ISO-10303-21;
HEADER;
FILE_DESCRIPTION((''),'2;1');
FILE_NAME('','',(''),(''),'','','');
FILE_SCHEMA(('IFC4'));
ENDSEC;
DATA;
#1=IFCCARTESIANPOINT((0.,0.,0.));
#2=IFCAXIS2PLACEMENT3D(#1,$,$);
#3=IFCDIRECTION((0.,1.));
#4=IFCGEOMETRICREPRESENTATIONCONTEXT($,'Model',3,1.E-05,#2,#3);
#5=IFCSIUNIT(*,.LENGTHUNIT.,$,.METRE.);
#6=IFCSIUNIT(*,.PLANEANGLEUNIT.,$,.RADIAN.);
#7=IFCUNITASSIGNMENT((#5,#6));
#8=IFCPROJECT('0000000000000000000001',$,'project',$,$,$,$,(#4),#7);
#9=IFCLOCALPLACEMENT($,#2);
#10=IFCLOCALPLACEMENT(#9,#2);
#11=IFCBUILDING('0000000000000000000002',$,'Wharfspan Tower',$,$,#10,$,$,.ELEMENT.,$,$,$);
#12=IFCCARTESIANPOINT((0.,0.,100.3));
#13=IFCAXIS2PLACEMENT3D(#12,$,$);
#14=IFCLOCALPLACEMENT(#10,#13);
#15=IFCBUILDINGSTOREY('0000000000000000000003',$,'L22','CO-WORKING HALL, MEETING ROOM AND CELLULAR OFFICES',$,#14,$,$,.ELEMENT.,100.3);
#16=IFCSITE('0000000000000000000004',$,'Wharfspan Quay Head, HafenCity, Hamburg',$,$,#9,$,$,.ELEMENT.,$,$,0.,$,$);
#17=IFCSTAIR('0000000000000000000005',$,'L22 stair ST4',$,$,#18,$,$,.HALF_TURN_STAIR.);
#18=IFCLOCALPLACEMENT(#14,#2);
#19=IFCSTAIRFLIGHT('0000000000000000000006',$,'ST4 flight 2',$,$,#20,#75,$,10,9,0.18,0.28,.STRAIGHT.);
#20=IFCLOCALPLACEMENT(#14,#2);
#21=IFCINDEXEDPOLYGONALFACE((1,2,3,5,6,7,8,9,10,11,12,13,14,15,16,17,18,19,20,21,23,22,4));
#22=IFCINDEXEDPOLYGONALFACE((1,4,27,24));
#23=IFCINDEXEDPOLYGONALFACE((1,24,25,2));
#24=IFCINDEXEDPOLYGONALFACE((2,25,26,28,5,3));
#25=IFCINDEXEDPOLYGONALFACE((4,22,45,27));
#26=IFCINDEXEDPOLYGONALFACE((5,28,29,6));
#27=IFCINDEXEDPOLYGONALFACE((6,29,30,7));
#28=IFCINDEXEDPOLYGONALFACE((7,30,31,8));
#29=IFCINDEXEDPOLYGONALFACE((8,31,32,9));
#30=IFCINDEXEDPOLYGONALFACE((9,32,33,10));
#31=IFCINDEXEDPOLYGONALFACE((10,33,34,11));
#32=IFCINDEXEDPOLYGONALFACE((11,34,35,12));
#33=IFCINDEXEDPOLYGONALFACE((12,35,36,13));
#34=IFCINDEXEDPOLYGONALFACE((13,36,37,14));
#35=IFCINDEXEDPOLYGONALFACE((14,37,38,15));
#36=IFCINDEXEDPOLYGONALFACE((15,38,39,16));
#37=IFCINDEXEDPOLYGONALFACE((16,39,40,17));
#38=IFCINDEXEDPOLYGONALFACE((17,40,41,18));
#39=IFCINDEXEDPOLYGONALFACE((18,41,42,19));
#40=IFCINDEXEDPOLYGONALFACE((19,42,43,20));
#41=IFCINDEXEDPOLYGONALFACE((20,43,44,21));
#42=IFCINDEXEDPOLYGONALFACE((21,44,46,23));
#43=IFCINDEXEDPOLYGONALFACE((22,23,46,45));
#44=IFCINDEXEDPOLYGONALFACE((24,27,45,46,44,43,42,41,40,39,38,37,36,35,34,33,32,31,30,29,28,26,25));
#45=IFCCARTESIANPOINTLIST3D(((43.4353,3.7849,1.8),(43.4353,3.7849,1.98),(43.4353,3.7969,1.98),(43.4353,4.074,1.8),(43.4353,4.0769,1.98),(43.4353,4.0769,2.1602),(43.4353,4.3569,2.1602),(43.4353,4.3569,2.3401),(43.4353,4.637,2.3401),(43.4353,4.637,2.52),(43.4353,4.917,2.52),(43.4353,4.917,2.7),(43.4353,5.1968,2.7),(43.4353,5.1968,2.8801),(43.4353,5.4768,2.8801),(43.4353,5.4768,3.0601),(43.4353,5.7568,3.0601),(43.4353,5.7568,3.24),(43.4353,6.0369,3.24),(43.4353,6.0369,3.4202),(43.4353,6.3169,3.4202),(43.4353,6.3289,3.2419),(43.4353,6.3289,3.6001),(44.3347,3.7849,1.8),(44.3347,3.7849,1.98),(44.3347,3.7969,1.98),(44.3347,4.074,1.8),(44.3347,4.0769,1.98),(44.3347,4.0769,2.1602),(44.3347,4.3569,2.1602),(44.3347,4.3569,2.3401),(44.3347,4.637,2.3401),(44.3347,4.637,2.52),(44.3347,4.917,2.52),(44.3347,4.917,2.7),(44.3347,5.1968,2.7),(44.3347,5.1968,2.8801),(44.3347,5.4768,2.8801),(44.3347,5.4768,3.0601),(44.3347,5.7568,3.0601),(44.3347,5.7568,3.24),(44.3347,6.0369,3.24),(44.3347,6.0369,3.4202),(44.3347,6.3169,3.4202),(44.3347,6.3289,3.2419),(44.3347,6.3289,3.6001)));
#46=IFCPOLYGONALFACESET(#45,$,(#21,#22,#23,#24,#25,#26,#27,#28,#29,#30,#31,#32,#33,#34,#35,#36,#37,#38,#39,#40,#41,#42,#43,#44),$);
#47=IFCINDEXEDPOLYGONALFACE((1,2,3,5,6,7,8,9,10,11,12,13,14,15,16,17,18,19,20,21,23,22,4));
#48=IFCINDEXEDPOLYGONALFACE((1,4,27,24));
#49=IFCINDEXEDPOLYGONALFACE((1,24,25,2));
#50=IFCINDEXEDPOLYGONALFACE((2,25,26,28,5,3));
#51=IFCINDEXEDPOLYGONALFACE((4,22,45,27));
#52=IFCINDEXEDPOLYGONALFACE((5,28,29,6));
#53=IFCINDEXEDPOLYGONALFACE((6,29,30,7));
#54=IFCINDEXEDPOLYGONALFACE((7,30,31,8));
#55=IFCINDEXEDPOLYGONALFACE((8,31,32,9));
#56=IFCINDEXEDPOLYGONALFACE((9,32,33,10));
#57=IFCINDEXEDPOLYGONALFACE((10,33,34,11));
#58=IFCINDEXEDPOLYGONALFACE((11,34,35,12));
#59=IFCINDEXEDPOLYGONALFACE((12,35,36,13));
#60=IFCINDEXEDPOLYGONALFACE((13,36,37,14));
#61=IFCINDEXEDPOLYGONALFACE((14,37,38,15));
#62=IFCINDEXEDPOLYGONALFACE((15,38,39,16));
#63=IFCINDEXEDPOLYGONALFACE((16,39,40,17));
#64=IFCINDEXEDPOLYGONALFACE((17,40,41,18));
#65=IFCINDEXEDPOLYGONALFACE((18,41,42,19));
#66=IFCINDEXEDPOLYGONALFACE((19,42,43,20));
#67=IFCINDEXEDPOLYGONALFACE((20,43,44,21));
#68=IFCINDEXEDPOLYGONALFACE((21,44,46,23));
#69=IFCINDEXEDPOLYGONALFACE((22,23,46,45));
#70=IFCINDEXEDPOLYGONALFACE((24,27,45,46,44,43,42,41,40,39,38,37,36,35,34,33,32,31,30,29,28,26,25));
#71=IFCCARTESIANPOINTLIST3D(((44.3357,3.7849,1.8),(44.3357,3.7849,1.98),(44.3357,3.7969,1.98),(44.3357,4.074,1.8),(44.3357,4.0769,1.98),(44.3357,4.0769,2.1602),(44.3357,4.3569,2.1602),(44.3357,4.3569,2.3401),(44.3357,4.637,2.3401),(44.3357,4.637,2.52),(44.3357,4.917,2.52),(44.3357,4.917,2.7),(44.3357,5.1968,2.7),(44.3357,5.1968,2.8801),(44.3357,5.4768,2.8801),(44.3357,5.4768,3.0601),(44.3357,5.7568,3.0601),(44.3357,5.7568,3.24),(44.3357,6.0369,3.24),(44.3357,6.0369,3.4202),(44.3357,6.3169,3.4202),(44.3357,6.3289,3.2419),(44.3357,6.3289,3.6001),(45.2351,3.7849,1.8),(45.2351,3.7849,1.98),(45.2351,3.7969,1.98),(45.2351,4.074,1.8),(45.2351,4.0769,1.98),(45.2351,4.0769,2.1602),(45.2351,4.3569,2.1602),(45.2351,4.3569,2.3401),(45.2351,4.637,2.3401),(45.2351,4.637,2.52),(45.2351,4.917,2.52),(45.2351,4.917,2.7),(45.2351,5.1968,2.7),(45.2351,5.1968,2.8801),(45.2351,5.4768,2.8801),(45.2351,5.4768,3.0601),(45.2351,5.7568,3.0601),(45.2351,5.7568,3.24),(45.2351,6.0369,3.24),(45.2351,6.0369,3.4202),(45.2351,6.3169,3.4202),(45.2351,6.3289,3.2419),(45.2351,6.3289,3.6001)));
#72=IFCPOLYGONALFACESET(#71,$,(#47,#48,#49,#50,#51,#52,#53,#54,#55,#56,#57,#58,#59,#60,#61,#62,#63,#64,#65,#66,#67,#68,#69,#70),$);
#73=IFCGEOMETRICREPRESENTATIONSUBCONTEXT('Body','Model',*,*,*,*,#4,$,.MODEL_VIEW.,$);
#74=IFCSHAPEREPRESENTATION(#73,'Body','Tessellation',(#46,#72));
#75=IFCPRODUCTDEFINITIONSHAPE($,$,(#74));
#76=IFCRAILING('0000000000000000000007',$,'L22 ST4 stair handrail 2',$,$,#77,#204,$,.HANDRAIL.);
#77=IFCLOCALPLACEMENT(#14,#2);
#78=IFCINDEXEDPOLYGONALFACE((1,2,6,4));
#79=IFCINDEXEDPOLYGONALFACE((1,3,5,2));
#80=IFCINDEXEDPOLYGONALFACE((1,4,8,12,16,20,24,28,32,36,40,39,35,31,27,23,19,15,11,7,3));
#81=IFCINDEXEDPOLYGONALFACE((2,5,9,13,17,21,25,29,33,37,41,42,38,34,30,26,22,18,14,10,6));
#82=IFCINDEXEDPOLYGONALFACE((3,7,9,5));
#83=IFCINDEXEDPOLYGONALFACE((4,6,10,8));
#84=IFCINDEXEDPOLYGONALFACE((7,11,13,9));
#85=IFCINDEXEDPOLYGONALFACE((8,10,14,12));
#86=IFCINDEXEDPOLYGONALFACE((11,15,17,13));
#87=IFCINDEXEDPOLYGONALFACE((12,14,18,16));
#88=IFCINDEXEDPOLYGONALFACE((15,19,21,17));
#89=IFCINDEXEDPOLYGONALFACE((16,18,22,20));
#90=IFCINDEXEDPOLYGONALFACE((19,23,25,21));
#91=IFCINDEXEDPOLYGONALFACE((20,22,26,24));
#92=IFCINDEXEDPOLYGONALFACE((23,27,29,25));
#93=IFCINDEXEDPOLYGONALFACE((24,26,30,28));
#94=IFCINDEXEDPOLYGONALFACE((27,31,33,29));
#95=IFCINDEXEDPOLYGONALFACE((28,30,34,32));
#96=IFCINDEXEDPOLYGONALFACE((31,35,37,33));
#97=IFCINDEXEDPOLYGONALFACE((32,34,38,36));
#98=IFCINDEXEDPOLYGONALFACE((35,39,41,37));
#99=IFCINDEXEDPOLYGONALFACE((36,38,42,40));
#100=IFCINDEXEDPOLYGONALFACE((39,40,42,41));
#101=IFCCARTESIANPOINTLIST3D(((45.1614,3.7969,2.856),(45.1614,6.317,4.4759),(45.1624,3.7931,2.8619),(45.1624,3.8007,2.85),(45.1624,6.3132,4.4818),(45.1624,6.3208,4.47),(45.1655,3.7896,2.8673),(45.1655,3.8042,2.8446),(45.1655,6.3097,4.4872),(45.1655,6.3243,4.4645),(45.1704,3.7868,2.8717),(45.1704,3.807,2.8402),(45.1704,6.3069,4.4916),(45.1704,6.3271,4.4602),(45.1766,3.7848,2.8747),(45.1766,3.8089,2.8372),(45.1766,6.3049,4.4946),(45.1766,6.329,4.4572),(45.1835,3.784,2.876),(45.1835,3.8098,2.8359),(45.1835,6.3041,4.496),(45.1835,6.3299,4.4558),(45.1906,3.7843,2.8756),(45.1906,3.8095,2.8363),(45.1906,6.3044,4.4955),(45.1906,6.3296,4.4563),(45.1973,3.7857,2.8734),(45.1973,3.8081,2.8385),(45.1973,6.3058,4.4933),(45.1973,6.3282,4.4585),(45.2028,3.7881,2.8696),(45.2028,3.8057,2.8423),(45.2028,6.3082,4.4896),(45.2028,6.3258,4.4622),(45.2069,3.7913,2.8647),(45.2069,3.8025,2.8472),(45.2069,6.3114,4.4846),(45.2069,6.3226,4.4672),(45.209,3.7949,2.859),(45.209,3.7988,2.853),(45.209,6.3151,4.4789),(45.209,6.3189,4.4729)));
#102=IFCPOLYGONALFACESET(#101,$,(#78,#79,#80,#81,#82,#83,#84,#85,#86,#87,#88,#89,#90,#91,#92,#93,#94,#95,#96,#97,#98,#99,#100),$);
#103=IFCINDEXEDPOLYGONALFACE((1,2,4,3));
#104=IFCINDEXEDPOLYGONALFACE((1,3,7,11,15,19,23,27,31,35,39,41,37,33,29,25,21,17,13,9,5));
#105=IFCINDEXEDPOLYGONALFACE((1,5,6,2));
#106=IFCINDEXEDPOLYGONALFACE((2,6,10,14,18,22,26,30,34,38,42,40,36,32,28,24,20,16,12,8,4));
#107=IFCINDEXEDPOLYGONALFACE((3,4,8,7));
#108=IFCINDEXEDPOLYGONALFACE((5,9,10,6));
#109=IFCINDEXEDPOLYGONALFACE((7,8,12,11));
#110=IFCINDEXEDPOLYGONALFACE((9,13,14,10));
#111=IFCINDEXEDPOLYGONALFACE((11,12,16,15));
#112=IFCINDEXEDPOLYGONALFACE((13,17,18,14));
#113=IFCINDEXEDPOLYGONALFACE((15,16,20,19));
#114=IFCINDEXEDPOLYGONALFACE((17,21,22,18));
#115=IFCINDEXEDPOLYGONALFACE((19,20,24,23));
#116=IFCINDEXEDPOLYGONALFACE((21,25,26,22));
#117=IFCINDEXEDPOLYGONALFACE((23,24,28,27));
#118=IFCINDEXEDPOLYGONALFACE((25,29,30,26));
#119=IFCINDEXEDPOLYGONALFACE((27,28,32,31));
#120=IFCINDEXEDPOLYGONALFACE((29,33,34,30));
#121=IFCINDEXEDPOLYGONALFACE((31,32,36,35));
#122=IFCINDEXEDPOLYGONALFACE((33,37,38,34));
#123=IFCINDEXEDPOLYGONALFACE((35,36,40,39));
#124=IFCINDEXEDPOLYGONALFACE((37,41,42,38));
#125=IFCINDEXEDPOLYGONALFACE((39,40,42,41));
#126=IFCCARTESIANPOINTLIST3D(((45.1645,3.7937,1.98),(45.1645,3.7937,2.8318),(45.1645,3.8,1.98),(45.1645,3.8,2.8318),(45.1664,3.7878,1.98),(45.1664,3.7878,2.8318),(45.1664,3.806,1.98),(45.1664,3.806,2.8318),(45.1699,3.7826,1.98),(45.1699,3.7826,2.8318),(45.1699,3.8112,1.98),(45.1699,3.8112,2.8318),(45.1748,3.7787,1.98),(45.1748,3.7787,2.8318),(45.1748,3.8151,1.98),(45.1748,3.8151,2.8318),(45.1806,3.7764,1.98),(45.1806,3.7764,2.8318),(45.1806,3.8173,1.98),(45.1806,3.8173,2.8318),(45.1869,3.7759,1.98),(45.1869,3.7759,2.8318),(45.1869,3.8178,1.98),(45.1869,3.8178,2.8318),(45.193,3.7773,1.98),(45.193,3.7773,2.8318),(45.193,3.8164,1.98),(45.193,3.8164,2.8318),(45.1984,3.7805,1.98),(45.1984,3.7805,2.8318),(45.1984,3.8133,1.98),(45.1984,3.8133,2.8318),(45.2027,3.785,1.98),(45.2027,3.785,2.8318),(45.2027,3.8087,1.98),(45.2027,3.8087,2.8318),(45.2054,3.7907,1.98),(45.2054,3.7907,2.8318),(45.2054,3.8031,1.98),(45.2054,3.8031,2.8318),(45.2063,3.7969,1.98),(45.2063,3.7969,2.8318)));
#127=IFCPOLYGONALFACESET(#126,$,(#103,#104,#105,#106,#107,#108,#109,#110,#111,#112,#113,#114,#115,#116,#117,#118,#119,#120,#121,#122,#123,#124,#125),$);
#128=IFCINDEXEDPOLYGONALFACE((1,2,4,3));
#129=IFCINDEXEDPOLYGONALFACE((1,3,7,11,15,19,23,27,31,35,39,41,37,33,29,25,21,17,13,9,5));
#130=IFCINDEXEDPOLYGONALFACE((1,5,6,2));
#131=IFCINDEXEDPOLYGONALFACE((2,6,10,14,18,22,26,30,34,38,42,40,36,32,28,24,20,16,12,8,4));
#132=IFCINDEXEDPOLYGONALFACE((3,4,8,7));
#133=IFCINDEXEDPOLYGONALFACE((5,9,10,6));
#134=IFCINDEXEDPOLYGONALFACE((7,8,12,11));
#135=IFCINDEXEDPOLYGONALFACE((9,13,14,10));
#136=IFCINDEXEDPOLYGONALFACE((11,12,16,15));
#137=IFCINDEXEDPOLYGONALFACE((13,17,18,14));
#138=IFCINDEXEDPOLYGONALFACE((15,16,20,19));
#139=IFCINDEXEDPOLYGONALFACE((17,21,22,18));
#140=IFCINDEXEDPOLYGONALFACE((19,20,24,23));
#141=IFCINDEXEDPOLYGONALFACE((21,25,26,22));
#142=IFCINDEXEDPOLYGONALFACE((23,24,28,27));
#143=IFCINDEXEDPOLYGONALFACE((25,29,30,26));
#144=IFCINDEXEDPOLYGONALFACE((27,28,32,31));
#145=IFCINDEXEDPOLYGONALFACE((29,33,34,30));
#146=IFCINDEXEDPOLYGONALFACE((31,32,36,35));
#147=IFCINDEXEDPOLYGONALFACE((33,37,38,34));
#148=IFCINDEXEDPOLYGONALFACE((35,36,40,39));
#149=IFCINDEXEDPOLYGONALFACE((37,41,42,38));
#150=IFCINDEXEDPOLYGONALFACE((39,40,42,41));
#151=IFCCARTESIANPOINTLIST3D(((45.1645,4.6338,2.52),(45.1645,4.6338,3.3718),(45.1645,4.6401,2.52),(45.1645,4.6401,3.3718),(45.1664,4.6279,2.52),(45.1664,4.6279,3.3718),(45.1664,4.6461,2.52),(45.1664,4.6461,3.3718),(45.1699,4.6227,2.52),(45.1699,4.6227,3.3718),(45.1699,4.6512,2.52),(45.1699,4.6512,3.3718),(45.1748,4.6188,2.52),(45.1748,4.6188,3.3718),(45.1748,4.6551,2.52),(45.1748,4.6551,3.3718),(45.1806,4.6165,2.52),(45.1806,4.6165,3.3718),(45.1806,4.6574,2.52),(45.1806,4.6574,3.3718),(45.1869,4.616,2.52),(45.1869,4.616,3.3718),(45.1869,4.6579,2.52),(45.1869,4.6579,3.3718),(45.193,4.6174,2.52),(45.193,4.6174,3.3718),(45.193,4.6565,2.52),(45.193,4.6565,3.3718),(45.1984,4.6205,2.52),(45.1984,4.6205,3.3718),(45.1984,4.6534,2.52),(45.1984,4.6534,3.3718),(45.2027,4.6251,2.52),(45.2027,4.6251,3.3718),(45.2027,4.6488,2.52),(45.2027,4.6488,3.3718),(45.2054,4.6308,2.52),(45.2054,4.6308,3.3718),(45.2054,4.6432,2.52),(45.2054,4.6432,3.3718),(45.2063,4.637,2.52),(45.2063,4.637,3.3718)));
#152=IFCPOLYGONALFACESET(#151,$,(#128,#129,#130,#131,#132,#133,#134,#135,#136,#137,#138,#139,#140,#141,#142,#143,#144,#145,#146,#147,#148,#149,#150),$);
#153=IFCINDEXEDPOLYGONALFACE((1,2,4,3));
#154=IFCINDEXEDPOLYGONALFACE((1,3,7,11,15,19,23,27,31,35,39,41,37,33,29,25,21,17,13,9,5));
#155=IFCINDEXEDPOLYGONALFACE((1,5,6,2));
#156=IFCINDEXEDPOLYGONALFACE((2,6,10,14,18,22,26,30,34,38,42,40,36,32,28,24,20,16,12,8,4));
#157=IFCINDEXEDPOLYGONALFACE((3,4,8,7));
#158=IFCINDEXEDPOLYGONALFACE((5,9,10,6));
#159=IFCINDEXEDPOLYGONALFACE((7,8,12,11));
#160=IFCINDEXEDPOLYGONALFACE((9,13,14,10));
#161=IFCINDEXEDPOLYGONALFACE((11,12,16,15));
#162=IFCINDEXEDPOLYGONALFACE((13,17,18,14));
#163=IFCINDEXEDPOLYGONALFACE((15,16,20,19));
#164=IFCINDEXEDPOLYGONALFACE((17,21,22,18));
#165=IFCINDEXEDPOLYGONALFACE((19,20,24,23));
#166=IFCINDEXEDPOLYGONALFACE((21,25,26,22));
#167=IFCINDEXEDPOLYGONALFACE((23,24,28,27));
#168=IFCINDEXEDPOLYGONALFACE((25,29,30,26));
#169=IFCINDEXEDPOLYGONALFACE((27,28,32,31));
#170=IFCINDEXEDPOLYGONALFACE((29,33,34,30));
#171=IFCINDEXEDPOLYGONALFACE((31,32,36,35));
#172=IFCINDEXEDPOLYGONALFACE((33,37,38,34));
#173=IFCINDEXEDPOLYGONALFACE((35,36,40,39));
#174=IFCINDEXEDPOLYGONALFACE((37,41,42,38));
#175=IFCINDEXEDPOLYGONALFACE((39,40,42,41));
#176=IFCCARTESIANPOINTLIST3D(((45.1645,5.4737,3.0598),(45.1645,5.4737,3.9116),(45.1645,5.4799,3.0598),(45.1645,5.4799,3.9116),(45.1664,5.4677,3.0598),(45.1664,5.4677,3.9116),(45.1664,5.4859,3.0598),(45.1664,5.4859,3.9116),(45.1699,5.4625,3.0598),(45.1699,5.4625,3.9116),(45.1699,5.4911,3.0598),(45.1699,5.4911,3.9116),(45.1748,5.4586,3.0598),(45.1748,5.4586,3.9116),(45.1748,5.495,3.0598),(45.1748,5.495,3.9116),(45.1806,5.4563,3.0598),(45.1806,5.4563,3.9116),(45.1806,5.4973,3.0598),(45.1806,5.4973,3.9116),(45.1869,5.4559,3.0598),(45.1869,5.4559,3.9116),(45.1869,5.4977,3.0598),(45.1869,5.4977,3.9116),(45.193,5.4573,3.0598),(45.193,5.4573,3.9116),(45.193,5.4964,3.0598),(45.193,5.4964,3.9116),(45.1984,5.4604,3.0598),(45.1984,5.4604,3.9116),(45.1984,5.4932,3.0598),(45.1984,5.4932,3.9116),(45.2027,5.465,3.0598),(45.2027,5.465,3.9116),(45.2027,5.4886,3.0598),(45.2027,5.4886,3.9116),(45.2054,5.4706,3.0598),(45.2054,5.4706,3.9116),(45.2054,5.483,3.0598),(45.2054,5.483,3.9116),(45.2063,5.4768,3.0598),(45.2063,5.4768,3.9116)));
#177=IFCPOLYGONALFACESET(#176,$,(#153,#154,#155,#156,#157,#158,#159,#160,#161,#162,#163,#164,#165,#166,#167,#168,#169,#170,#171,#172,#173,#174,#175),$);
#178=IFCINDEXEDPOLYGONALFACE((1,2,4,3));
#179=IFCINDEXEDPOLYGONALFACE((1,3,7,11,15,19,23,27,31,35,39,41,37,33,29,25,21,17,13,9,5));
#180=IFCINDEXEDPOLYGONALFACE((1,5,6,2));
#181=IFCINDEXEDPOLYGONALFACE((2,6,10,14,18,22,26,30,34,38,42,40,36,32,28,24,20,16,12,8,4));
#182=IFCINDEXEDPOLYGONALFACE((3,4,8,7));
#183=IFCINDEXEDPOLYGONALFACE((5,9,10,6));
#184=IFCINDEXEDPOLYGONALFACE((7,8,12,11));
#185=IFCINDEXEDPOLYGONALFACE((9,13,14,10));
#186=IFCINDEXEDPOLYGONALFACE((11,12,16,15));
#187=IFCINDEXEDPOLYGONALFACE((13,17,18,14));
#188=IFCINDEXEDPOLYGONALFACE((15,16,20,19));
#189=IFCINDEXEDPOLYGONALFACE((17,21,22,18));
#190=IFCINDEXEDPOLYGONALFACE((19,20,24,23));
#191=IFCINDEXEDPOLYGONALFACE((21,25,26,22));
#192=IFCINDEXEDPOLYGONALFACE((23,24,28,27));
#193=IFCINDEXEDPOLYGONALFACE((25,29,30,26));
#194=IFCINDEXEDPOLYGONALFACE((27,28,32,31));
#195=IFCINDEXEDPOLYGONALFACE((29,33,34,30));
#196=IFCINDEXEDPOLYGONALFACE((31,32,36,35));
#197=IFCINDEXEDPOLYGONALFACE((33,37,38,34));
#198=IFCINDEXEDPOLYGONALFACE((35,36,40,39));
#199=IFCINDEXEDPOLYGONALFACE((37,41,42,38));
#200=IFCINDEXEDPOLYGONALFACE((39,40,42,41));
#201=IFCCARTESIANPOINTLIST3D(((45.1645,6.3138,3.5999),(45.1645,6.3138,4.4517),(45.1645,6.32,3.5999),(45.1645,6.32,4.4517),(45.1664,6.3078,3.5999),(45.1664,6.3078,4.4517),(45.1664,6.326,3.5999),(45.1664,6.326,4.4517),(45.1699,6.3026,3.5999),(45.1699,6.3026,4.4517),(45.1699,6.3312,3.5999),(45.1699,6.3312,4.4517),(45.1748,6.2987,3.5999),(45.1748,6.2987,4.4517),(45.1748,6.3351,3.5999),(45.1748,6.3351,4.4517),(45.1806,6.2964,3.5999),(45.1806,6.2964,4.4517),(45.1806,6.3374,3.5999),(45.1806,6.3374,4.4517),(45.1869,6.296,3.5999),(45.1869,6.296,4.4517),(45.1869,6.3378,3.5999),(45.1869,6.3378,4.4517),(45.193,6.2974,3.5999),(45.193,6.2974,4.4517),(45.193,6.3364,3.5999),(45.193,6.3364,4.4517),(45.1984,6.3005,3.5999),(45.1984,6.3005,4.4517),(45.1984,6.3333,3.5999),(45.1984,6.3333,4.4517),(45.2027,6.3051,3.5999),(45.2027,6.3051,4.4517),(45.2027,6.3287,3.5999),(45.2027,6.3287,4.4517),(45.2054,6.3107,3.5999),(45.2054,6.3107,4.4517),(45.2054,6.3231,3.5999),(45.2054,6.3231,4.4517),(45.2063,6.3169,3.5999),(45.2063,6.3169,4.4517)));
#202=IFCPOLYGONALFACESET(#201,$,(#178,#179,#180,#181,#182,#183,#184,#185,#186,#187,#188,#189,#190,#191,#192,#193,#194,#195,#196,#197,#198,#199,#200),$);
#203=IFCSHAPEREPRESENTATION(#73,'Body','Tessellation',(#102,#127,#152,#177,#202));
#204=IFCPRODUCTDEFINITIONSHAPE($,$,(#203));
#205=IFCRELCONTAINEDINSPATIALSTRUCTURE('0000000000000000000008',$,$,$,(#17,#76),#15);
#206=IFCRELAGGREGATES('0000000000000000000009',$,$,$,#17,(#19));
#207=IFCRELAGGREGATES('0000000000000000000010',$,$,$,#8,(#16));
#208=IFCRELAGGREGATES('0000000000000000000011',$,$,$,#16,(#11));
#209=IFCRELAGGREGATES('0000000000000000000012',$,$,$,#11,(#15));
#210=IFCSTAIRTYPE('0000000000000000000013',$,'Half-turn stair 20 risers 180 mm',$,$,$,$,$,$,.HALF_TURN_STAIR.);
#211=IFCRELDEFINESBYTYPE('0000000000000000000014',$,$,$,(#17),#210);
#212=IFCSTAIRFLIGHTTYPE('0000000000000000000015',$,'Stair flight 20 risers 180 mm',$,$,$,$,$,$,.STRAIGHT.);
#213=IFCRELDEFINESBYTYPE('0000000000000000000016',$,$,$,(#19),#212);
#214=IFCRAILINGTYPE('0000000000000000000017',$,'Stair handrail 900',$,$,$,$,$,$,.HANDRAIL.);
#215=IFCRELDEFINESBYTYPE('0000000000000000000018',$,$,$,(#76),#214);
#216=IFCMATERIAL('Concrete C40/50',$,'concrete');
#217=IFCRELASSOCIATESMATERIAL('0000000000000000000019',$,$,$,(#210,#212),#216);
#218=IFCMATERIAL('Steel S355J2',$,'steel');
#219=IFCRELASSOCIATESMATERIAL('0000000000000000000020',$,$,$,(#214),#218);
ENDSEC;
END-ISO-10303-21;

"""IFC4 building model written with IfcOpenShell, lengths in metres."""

from ifc_helpers import new_model, si_unit, direction, frame, origin, origin_2d, place, context, subcontext, project, spatial, polyline, circle, outline, extrude, material, type_object, element, aggregate, save


model = new_model("IFC4")

# Units and contexts
model_context = context("Model", 3, precision=1e-05, world=origin(), true_north=direction((0.0, 1.0)))
body_context = subcontext(model_context, "Body", "Model", "MODEL_VIEW")
ifc_project = project(units=[si_unit("LENGTHUNIT", "METRE"), si_unit("PLANEANGLEUNIT", "RADIAN")], contexts=[model_context])

# Site, building, storey
site_placement = place(None, origin())
site = spatial("IfcSite", under=ifc_project, at=site_placement, Name="Wharfspan Quay Head, HafenCity, Hamburg", CompositionType="ELEMENT", RefElevation=0.0)
building_placement = place(site_placement, origin())
building = spatial("IfcBuilding", under=site, at=building_placement, Name="Wharfspan Tower", CompositionType="ELEMENT")
storey_placement = place(building_placement, frame((0.0, 0.0, 100.3)))
storey = spatial("IfcBuildingStorey", under=building, at=storey_placement, Name="L22", Description="CO-WORKING HALL, MEETING ROOM AND CELLULAR OFFICES", CompositionType="ELEMENT", Elevation=100.3)

# Shared definitions
ifc_material_1 = material(Name="Steel S355J2", Category="steel")

# Shared definitions
ifc_material_2 = material(Name="Concrete C40/50", Category="concrete")

# Stair, stair flight
stair_type = type_object("IfcStairType", Name="Half-turn stair 20 risers 180 mm", PredefinedType="HALF_TURN_STAIR", material=ifc_material_2)
stair_placement = place(storey_placement, origin())
stair = element("IfcStair", 1, at=stair_placement, inside=storey, type_object=stair_type, Name="L22 stair ST4", PredefinedType="HALF_TURN_STAIR")
stair_flight_type = type_object("IfcStairFlightType", Name="Stair flight 20 risers 180 mm", PredefinedType="STRAIGHT", material=ifc_material_2)
stair_flight_placement = place(storey_placement, frame((44.3352, 3.7969, 1.8), z_axis=(0.0, 0.0, 1.0), x_axis=(0.0, 1.0, 0.0)))
stair_flight = element("IfcStairFlight", 2, at=stair_flight_placement, type_object=stair_flight_type, Name="ST4 flight 2", NumberOfRisers=10, NumberOfTreads=9, PredefinedType="STRAIGHT", RiserHeight=0.18, TreadLength=0.28, context=body_context, shape_type="SweptSolid", body=[
    extrude(outline(polyline([(-0.012, 0.0), (-0.012, 0.1799), (0.0, 0.1799), (0.28, 0.1799), (0.28, 0.3601), (0.5601, 0.3601), (0.5601, 0.54), (0.8401, 0.54), (0.8401, 0.72), (1.1201, 0.72), (1.1201, 0.8999), (1.3999, 0.8999), (1.3999, 1.0801), (1.6799, 1.0801), (1.6799, 1.26), (1.96, 1.26), (1.96, 1.4399), (2.24, 1.4399), (2.24, 1.6201), (2.52, 1.6201), (2.532, 1.8), (2.532, 1.4419), (0.2771, 0.0), (-0.012, 0.0)])), frame((0.0, 0.8999, 0.0), z_axis=(0.0, -1.0, 0.0), x_axis=(1.0, 0.0, 0.0)), (0.0, 0.0, 1.0), 0.8994),
    extrude(outline(polyline([(-0.012, 0.0), (-0.012, 0.1799), (0.0, 0.1799), (0.28, 0.1799), (0.28, 0.3601), (0.5601, 0.3601), (0.5601, 0.54), (0.8401, 0.54), (0.8401, 0.72), (1.1201, 0.72), (1.1201, 0.8999), (1.3999, 0.8999), (1.3999, 1.0801), (1.6799, 1.0801), (1.6799, 1.26), (1.96, 1.26), (1.96, 1.4399), (2.24, 1.4399), (2.24, 1.6201), (2.52, 1.6201), (2.532, 1.8), (2.532, 1.4419), (0.2771, 0.0), (-0.012, 0.0)])), frame((0.0, -0.0005, 0.0), z_axis=(0.0, -1.0, 0.0), x_axis=(1.0, 0.0, 0.0)), (0.0, 0.0, 1.0), 0.8994),
])
aggregate(stair, [stair_flight])

# Railing
railing_type = type_object("IfcRailingType", Name="Stair handrail 900", PredefinedType="HANDRAIL", material=ifc_material_1)
railing_placement = place(storey_placement, frame((45.1853, 3.7969, 1.98)))
element("IfcRailing", 3, at=railing_placement, inside=storey, type_object=railing_type, Name="L22 ST4 stair handrail 2", PredefinedType="HANDRAIL", context=body_context, shape_type="SweptSolid", body=[
    extrude(circle(Radius=0.0239, at=origin_2d()), frame((0.0, 0.0, 0.876), z_axis=(0.0, 0.8412, 0.540725), x_axis=(-1.0, 0.0, 0.0)), (0.0, 0.0, 1.0), 2.9958),
    extrude(circle(Radius=0.021, at=origin_2d()), origin(), (0.0, 0.0, 1.0), 0.8518),
    extrude(circle(Radius=0.021, at=origin_2d()), frame((0.0, 0.8401, 0.54)), (0.0, 0.0, 1.0), 0.8518),
    extrude(circle(Radius=0.021, at=origin_2d()), frame((0.0, 1.6799, 1.0798)), (0.0, 0.0, 1.0), 0.8518),
    extrude(circle(Radius=0.021, at=origin_2d()), frame((0.0, 2.52, 1.6199)), (0.0, 0.0, 1.0), 0.8518),
])

save(model, "model.ifc")
